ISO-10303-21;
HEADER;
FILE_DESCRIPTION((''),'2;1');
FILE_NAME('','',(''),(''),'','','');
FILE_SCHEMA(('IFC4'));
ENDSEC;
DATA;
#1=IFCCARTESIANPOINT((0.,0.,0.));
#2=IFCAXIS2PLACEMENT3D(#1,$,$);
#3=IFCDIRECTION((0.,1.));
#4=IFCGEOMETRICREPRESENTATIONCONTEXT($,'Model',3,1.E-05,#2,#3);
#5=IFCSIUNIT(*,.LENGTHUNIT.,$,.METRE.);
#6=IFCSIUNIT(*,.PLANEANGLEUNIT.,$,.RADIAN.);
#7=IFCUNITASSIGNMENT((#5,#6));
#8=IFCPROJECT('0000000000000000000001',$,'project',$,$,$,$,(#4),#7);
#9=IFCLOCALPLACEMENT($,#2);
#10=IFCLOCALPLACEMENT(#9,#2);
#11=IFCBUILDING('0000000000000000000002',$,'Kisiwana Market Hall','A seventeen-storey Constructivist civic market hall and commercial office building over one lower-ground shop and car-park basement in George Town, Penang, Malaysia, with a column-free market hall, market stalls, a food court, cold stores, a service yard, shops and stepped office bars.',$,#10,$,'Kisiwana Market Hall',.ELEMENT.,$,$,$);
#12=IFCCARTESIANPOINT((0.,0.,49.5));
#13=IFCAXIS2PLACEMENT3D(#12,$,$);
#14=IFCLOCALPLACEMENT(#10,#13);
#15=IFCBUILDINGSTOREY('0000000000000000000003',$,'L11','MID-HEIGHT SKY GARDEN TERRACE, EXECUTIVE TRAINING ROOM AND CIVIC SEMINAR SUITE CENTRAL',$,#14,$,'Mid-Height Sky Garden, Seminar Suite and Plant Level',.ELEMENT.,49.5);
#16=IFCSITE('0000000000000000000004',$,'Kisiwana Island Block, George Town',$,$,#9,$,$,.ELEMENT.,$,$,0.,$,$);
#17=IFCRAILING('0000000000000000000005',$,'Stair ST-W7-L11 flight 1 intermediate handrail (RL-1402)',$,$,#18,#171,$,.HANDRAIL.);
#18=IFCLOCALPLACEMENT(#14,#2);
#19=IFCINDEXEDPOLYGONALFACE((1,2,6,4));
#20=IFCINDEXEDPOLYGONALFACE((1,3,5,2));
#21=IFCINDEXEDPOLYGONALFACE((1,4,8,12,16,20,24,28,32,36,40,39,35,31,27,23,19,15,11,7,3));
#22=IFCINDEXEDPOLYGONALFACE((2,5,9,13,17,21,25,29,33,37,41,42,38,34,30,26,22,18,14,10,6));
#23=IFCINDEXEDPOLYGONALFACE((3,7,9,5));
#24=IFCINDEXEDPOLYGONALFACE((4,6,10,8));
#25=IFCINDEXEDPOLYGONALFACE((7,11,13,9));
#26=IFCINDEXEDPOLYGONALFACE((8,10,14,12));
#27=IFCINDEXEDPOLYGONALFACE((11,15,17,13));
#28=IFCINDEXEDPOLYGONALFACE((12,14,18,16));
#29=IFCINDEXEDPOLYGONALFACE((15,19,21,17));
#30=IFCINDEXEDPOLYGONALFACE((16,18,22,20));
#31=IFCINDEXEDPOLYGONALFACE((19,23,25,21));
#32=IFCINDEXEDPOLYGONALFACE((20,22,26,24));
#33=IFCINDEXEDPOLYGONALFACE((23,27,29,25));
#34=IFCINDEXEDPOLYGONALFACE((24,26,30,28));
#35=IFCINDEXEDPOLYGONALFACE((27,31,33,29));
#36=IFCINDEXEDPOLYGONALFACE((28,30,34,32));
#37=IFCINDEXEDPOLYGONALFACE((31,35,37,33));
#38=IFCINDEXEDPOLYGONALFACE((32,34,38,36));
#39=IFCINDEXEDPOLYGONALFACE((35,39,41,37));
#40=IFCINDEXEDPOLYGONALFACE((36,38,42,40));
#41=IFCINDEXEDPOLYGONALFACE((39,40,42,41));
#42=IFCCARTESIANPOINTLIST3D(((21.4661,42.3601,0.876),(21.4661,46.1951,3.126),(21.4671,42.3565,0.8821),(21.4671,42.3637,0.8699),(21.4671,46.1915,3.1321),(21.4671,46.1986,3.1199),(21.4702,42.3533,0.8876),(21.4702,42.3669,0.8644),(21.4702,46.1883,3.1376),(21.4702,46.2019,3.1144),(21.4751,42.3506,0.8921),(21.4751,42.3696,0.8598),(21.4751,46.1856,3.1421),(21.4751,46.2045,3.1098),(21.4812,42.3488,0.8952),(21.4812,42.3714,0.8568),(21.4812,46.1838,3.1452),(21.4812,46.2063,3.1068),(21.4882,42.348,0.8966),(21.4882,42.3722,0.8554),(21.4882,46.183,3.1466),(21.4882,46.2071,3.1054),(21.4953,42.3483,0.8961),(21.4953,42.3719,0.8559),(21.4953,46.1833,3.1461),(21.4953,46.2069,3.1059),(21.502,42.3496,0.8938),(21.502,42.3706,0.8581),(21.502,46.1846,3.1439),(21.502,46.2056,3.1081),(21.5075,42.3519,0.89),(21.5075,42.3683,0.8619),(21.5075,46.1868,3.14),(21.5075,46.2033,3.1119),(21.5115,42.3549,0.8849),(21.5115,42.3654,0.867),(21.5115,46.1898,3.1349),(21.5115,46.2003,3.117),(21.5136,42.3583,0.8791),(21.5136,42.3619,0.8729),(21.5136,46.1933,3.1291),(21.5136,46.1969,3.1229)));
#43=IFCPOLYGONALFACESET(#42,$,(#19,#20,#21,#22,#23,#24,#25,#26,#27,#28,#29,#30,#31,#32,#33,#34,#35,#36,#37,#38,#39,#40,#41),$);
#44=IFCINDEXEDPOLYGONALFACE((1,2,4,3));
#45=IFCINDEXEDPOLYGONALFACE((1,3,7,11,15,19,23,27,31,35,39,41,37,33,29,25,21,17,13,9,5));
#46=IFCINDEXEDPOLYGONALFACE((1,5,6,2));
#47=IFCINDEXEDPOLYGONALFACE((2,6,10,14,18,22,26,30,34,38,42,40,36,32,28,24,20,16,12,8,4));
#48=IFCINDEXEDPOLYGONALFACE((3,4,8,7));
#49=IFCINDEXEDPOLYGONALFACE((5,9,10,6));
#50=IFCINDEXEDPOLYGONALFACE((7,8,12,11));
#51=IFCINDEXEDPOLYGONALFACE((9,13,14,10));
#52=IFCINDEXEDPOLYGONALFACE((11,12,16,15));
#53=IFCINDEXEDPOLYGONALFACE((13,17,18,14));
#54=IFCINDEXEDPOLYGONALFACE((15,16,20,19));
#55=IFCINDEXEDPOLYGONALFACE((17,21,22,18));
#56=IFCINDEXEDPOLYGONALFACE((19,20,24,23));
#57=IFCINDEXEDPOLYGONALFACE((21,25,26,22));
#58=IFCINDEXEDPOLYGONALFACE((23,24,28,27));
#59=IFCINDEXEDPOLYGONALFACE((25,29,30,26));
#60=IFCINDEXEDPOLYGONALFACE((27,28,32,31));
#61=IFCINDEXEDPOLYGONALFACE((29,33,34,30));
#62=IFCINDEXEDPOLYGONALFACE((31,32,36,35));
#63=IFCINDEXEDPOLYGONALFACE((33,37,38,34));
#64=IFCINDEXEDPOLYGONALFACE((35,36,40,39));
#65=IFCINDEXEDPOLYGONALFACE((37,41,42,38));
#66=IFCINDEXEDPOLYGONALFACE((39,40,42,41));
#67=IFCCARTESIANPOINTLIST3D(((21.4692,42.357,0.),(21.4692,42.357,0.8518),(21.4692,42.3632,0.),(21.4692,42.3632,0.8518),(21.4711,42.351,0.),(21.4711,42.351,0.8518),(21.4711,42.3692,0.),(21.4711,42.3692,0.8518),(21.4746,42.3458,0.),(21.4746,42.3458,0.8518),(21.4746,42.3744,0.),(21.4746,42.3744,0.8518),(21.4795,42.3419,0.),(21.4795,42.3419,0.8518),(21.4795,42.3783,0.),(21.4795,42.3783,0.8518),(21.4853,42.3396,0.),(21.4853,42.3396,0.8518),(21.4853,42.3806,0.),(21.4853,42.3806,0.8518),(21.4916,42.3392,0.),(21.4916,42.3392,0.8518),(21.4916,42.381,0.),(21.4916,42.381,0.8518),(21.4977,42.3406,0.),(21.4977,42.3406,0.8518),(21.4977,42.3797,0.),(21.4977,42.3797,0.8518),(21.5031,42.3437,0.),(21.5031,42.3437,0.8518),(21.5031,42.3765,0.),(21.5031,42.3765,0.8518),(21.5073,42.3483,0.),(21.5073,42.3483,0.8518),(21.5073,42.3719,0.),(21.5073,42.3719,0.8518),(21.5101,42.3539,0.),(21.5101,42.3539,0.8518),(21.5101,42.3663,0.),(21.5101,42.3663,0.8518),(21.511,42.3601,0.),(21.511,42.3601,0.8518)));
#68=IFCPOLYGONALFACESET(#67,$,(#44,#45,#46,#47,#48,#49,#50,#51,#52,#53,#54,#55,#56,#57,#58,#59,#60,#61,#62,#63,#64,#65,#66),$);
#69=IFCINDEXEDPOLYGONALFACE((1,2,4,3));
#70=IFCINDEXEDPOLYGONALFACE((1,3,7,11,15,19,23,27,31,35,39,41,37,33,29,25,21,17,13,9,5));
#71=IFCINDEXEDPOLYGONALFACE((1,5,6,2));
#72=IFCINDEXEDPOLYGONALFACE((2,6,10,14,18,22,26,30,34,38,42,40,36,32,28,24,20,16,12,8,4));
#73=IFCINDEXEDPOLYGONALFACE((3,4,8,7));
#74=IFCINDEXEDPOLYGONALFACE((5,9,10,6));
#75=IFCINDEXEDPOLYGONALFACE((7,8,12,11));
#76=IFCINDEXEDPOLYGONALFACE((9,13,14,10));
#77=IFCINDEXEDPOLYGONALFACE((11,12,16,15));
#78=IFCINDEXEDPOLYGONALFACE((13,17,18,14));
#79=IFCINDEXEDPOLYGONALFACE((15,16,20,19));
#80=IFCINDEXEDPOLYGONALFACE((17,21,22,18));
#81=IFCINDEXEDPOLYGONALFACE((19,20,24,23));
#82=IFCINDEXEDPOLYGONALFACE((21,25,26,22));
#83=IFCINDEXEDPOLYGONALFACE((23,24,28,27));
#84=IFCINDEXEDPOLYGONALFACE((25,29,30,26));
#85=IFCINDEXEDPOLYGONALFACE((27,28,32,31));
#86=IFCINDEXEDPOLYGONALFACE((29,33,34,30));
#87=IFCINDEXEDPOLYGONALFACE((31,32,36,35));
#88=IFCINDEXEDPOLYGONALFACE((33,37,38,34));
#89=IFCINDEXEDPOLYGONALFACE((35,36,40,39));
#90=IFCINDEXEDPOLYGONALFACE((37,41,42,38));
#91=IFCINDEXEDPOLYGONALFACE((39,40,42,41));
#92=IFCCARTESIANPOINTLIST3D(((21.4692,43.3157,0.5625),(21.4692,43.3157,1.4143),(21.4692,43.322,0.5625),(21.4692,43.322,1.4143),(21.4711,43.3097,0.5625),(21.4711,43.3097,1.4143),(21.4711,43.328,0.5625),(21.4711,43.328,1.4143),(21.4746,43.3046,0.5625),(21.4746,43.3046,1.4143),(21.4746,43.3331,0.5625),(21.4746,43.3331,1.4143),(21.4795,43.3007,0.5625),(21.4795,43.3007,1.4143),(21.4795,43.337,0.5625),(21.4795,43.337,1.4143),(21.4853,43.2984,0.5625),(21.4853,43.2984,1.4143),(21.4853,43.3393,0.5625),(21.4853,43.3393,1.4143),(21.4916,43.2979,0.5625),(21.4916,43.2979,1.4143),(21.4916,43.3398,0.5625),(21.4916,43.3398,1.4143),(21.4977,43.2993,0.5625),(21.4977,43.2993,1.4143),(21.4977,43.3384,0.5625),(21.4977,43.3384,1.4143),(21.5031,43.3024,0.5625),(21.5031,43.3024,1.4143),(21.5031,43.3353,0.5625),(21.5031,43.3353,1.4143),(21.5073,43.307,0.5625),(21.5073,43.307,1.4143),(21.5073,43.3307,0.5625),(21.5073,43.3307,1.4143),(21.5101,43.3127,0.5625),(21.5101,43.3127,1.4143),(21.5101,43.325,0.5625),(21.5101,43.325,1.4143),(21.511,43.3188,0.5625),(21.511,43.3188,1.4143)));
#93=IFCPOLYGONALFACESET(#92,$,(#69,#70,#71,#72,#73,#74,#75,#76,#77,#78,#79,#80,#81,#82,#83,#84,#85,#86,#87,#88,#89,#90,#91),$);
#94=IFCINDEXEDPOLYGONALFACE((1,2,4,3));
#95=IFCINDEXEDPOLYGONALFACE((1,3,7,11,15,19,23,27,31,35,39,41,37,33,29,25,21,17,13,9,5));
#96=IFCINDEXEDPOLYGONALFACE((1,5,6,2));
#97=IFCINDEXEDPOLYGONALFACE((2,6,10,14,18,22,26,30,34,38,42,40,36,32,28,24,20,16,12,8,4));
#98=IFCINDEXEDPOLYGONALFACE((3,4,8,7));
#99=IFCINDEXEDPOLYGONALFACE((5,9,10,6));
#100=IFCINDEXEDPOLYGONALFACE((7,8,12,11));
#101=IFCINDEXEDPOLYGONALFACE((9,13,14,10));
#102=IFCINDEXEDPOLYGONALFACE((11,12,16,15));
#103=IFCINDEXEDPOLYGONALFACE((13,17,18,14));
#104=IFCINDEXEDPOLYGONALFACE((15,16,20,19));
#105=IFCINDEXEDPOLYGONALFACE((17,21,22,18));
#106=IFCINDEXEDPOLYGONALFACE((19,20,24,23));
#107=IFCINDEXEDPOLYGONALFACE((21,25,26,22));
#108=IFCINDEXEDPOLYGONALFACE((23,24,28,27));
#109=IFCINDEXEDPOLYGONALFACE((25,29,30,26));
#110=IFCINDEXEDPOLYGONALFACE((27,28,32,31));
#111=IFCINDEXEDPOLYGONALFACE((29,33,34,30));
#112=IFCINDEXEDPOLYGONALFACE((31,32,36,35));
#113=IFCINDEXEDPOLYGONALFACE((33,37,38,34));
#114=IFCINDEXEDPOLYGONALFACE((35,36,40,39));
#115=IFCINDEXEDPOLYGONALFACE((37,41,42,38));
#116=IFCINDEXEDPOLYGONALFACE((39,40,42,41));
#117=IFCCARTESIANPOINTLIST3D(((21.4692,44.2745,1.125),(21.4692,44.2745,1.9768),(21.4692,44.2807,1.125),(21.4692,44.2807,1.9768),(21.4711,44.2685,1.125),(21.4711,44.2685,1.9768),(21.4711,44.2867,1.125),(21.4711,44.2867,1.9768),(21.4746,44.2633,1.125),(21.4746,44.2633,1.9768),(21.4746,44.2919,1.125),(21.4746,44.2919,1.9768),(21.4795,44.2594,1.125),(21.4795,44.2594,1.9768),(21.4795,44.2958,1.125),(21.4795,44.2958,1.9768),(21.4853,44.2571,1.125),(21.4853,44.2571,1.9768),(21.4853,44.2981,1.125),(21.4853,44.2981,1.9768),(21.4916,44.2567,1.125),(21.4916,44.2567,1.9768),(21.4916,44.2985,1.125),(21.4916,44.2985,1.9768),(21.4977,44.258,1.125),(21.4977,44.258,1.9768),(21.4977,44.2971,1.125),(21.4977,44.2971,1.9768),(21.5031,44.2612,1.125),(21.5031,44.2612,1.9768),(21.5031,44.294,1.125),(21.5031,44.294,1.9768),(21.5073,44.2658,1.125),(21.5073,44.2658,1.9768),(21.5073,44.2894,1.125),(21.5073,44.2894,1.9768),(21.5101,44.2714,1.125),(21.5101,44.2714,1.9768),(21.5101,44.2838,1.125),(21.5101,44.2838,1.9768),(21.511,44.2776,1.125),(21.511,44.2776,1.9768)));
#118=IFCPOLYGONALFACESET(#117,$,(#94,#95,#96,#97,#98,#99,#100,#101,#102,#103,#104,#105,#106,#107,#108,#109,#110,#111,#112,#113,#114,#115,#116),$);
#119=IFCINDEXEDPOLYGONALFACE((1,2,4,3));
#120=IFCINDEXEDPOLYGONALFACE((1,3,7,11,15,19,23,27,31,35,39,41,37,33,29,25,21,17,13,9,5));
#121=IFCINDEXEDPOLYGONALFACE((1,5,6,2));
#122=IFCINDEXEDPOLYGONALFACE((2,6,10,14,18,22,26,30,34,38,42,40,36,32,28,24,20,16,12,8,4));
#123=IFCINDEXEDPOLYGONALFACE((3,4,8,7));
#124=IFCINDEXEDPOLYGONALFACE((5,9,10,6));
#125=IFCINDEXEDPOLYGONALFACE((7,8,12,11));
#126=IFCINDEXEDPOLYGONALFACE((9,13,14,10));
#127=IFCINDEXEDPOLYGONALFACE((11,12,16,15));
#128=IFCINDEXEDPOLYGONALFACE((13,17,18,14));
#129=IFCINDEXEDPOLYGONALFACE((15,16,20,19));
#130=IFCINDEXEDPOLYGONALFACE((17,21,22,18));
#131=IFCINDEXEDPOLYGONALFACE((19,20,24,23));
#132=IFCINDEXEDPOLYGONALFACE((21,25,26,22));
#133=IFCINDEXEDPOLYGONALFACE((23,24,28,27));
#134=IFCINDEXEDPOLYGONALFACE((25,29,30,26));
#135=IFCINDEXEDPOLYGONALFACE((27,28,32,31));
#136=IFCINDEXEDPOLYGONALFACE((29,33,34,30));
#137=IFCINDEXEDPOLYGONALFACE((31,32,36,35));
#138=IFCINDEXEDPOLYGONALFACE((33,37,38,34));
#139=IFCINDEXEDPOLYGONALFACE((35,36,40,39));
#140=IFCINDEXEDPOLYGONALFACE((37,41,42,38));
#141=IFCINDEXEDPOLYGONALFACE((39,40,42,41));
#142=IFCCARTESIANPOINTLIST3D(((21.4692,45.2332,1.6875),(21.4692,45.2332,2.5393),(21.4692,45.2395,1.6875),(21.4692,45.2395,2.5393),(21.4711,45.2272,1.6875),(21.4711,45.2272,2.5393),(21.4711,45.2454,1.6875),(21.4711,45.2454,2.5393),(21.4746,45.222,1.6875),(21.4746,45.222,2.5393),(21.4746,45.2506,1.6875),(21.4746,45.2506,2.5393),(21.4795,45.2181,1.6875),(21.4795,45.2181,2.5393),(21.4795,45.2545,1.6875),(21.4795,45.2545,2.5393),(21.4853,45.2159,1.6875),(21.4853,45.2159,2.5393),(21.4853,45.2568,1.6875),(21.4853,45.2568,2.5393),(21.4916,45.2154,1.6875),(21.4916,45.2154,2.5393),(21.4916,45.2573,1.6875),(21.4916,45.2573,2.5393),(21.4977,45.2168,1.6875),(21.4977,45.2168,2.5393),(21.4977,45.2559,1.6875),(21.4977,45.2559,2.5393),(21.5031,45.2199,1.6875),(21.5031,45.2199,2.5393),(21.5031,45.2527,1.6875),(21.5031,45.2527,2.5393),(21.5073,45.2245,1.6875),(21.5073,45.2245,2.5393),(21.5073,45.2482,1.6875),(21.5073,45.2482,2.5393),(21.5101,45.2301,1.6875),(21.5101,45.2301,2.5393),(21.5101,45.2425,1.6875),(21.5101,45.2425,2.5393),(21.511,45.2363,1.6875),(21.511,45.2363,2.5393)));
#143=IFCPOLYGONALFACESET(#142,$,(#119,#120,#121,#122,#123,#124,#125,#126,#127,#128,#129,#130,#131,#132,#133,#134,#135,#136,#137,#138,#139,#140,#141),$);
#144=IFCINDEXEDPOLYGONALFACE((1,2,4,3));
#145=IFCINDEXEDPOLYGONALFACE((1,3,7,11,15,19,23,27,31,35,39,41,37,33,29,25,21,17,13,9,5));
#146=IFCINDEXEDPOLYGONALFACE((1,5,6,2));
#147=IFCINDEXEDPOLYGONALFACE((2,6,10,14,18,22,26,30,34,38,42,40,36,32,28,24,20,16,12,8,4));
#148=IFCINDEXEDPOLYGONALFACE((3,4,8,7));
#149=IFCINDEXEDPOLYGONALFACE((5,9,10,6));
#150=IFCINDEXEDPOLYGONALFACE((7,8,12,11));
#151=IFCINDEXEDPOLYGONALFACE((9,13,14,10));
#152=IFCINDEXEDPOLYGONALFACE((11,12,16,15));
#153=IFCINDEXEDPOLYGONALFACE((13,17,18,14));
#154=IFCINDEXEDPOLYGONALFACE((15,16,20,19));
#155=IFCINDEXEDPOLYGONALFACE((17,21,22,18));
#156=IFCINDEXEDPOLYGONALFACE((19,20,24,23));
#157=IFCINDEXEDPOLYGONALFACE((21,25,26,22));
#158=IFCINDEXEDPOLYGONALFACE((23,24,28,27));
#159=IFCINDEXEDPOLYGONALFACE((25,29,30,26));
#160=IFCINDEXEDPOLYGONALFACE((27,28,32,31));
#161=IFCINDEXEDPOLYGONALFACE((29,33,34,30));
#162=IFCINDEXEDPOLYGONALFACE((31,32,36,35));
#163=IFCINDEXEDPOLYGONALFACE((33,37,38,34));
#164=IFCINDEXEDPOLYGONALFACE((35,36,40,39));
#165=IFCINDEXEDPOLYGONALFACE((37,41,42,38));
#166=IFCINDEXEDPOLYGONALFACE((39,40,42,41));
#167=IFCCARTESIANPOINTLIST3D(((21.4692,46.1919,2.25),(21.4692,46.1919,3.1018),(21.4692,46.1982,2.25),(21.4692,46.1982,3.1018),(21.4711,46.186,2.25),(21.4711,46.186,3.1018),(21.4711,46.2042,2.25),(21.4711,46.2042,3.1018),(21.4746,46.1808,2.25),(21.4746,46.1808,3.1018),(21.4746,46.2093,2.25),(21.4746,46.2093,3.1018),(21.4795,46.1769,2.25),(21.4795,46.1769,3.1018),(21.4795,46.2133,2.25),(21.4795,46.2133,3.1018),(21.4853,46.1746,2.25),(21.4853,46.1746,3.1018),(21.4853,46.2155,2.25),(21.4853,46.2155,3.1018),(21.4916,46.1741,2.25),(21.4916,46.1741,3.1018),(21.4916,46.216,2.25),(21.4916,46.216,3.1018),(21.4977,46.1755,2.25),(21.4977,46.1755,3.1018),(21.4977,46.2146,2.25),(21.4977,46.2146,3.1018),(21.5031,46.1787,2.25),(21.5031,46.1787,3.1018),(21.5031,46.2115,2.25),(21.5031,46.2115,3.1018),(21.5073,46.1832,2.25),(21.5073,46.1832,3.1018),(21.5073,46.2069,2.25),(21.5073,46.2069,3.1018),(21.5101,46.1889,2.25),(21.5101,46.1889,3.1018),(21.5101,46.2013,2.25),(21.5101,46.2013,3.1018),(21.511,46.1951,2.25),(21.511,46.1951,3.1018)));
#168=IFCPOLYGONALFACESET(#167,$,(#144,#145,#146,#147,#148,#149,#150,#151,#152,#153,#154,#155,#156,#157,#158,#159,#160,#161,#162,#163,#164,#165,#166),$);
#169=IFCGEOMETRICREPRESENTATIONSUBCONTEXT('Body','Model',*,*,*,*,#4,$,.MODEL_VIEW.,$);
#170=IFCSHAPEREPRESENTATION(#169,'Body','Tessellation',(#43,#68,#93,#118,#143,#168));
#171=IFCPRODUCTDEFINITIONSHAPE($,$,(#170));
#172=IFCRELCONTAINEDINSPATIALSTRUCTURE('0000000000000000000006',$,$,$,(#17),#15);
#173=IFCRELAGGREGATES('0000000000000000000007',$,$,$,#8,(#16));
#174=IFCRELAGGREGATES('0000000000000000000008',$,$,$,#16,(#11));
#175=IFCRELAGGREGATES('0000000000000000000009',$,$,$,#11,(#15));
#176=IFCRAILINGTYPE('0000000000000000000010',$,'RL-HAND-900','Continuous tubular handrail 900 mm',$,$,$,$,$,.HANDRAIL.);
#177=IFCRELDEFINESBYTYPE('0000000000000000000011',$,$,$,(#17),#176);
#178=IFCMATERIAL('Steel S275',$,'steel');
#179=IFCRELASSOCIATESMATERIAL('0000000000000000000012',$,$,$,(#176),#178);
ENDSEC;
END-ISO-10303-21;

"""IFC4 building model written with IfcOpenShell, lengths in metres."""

from ifc_helpers import new_model, si_unit, direction, frame, origin, origin_2d, place, context, subcontext, project, spatial, circle, extrude, material, type_object, element, save


model = new_model("IFC4")

# Units and contexts
model_context = context("Model", 3, precision=1e-05, world=origin(), true_north=direction((0.0, 1.0)))
body_context = subcontext(model_context, "Body", "Model", "MODEL_VIEW")
ifc_project = project(units=[si_unit("LENGTHUNIT", "METRE"), si_unit("PLANEANGLEUNIT", "RADIAN")], contexts=[model_context])

# Site, building, storey
site_placement = place(None, origin())
site = spatial("IfcSite", under=ifc_project, at=site_placement, Name="Kisiwana Island Block, George Town", CompositionType="ELEMENT", RefElevation=0.0)
building_placement = place(site_placement, origin())
building = spatial("IfcBuilding", under=site, at=building_placement, Name="Kisiwana Market Hall", Description="A seventeen-storey Constructivist civic market hall and commercial office building over one lower-ground shop and car-park basement in George Town, Penang, Malaysia, with a column-free market hall, market stalls, a food court, cold stores, a service yard, shops and stepped office bars.", LongName="Kisiwana Market Hall", CompositionType="ELEMENT")
storey_placement = place(building_placement, frame((0.0, 0.0, 49.5)))
storey = spatial("IfcBuildingStorey", under=building, at=storey_placement, Name="L11", Description="MID-HEIGHT SKY GARDEN TERRACE, EXECUTIVE TRAINING ROOM AND CIVIC SEMINAR SUITE CENTRAL", LongName="Mid-Height Sky Garden, Seminar Suite and Plant Level", CompositionType="ELEMENT", Elevation=49.5)

# Railing
ifc_material_1 = material(Name="Steel S275", Category="steel")
railing_type_1 = type_object("IfcRailingType", Name="RL-HAND-900", Description="Continuous tubular handrail 900 mm", PredefinedType="HANDRAIL", material=ifc_material_1)
railing_1_placement = place(storey_placement, frame((21.49, 42.3601, 0.0)))
element("IfcRailing", 1, at=railing_1_placement, inside=storey, type_object=railing_type_1, Name="Stair ST-W7-L11 flight 1 intermediate handrail (RL-1402)", PredefinedType="HANDRAIL", context=body_context, shape_type="SweptSolid", body=[
    extrude(circle(Radius=0.0239, at=origin_2d()), frame((0.0, 0.0, 0.876), z_axis=(0.0, 0.86251, 0.506041), x_axis=(-1.0, 0.0, 0.0)), (0.0, 0.0, 1.0), 4.4463),
    extrude(circle(Radius=0.021, at=origin_2d()), origin(), (0.0, 0.0, 1.0), 0.8518),
    extrude(circle(Radius=0.021, at=origin_2d()), frame((0.0, 0.9587, 0.5625)), (0.0, 0.0, 1.0), 0.8518),
    extrude(circle(Radius=0.021, at=origin_2d()), frame((0.0, 1.9175, 1.125)), (0.0, 0.0, 1.0), 0.8518),
    extrude(circle(Radius=0.021, at=origin_2d()), frame((0.0, 2.8762, 1.6875)), (0.0, 0.0, 1.0), 0.8518),
    extrude(circle(Radius=0.021, at=origin_2d()), frame((0.0, 3.835, 2.25)), (0.0, 0.0, 1.0), 0.8518),
])

save(model, "model.ifc")
